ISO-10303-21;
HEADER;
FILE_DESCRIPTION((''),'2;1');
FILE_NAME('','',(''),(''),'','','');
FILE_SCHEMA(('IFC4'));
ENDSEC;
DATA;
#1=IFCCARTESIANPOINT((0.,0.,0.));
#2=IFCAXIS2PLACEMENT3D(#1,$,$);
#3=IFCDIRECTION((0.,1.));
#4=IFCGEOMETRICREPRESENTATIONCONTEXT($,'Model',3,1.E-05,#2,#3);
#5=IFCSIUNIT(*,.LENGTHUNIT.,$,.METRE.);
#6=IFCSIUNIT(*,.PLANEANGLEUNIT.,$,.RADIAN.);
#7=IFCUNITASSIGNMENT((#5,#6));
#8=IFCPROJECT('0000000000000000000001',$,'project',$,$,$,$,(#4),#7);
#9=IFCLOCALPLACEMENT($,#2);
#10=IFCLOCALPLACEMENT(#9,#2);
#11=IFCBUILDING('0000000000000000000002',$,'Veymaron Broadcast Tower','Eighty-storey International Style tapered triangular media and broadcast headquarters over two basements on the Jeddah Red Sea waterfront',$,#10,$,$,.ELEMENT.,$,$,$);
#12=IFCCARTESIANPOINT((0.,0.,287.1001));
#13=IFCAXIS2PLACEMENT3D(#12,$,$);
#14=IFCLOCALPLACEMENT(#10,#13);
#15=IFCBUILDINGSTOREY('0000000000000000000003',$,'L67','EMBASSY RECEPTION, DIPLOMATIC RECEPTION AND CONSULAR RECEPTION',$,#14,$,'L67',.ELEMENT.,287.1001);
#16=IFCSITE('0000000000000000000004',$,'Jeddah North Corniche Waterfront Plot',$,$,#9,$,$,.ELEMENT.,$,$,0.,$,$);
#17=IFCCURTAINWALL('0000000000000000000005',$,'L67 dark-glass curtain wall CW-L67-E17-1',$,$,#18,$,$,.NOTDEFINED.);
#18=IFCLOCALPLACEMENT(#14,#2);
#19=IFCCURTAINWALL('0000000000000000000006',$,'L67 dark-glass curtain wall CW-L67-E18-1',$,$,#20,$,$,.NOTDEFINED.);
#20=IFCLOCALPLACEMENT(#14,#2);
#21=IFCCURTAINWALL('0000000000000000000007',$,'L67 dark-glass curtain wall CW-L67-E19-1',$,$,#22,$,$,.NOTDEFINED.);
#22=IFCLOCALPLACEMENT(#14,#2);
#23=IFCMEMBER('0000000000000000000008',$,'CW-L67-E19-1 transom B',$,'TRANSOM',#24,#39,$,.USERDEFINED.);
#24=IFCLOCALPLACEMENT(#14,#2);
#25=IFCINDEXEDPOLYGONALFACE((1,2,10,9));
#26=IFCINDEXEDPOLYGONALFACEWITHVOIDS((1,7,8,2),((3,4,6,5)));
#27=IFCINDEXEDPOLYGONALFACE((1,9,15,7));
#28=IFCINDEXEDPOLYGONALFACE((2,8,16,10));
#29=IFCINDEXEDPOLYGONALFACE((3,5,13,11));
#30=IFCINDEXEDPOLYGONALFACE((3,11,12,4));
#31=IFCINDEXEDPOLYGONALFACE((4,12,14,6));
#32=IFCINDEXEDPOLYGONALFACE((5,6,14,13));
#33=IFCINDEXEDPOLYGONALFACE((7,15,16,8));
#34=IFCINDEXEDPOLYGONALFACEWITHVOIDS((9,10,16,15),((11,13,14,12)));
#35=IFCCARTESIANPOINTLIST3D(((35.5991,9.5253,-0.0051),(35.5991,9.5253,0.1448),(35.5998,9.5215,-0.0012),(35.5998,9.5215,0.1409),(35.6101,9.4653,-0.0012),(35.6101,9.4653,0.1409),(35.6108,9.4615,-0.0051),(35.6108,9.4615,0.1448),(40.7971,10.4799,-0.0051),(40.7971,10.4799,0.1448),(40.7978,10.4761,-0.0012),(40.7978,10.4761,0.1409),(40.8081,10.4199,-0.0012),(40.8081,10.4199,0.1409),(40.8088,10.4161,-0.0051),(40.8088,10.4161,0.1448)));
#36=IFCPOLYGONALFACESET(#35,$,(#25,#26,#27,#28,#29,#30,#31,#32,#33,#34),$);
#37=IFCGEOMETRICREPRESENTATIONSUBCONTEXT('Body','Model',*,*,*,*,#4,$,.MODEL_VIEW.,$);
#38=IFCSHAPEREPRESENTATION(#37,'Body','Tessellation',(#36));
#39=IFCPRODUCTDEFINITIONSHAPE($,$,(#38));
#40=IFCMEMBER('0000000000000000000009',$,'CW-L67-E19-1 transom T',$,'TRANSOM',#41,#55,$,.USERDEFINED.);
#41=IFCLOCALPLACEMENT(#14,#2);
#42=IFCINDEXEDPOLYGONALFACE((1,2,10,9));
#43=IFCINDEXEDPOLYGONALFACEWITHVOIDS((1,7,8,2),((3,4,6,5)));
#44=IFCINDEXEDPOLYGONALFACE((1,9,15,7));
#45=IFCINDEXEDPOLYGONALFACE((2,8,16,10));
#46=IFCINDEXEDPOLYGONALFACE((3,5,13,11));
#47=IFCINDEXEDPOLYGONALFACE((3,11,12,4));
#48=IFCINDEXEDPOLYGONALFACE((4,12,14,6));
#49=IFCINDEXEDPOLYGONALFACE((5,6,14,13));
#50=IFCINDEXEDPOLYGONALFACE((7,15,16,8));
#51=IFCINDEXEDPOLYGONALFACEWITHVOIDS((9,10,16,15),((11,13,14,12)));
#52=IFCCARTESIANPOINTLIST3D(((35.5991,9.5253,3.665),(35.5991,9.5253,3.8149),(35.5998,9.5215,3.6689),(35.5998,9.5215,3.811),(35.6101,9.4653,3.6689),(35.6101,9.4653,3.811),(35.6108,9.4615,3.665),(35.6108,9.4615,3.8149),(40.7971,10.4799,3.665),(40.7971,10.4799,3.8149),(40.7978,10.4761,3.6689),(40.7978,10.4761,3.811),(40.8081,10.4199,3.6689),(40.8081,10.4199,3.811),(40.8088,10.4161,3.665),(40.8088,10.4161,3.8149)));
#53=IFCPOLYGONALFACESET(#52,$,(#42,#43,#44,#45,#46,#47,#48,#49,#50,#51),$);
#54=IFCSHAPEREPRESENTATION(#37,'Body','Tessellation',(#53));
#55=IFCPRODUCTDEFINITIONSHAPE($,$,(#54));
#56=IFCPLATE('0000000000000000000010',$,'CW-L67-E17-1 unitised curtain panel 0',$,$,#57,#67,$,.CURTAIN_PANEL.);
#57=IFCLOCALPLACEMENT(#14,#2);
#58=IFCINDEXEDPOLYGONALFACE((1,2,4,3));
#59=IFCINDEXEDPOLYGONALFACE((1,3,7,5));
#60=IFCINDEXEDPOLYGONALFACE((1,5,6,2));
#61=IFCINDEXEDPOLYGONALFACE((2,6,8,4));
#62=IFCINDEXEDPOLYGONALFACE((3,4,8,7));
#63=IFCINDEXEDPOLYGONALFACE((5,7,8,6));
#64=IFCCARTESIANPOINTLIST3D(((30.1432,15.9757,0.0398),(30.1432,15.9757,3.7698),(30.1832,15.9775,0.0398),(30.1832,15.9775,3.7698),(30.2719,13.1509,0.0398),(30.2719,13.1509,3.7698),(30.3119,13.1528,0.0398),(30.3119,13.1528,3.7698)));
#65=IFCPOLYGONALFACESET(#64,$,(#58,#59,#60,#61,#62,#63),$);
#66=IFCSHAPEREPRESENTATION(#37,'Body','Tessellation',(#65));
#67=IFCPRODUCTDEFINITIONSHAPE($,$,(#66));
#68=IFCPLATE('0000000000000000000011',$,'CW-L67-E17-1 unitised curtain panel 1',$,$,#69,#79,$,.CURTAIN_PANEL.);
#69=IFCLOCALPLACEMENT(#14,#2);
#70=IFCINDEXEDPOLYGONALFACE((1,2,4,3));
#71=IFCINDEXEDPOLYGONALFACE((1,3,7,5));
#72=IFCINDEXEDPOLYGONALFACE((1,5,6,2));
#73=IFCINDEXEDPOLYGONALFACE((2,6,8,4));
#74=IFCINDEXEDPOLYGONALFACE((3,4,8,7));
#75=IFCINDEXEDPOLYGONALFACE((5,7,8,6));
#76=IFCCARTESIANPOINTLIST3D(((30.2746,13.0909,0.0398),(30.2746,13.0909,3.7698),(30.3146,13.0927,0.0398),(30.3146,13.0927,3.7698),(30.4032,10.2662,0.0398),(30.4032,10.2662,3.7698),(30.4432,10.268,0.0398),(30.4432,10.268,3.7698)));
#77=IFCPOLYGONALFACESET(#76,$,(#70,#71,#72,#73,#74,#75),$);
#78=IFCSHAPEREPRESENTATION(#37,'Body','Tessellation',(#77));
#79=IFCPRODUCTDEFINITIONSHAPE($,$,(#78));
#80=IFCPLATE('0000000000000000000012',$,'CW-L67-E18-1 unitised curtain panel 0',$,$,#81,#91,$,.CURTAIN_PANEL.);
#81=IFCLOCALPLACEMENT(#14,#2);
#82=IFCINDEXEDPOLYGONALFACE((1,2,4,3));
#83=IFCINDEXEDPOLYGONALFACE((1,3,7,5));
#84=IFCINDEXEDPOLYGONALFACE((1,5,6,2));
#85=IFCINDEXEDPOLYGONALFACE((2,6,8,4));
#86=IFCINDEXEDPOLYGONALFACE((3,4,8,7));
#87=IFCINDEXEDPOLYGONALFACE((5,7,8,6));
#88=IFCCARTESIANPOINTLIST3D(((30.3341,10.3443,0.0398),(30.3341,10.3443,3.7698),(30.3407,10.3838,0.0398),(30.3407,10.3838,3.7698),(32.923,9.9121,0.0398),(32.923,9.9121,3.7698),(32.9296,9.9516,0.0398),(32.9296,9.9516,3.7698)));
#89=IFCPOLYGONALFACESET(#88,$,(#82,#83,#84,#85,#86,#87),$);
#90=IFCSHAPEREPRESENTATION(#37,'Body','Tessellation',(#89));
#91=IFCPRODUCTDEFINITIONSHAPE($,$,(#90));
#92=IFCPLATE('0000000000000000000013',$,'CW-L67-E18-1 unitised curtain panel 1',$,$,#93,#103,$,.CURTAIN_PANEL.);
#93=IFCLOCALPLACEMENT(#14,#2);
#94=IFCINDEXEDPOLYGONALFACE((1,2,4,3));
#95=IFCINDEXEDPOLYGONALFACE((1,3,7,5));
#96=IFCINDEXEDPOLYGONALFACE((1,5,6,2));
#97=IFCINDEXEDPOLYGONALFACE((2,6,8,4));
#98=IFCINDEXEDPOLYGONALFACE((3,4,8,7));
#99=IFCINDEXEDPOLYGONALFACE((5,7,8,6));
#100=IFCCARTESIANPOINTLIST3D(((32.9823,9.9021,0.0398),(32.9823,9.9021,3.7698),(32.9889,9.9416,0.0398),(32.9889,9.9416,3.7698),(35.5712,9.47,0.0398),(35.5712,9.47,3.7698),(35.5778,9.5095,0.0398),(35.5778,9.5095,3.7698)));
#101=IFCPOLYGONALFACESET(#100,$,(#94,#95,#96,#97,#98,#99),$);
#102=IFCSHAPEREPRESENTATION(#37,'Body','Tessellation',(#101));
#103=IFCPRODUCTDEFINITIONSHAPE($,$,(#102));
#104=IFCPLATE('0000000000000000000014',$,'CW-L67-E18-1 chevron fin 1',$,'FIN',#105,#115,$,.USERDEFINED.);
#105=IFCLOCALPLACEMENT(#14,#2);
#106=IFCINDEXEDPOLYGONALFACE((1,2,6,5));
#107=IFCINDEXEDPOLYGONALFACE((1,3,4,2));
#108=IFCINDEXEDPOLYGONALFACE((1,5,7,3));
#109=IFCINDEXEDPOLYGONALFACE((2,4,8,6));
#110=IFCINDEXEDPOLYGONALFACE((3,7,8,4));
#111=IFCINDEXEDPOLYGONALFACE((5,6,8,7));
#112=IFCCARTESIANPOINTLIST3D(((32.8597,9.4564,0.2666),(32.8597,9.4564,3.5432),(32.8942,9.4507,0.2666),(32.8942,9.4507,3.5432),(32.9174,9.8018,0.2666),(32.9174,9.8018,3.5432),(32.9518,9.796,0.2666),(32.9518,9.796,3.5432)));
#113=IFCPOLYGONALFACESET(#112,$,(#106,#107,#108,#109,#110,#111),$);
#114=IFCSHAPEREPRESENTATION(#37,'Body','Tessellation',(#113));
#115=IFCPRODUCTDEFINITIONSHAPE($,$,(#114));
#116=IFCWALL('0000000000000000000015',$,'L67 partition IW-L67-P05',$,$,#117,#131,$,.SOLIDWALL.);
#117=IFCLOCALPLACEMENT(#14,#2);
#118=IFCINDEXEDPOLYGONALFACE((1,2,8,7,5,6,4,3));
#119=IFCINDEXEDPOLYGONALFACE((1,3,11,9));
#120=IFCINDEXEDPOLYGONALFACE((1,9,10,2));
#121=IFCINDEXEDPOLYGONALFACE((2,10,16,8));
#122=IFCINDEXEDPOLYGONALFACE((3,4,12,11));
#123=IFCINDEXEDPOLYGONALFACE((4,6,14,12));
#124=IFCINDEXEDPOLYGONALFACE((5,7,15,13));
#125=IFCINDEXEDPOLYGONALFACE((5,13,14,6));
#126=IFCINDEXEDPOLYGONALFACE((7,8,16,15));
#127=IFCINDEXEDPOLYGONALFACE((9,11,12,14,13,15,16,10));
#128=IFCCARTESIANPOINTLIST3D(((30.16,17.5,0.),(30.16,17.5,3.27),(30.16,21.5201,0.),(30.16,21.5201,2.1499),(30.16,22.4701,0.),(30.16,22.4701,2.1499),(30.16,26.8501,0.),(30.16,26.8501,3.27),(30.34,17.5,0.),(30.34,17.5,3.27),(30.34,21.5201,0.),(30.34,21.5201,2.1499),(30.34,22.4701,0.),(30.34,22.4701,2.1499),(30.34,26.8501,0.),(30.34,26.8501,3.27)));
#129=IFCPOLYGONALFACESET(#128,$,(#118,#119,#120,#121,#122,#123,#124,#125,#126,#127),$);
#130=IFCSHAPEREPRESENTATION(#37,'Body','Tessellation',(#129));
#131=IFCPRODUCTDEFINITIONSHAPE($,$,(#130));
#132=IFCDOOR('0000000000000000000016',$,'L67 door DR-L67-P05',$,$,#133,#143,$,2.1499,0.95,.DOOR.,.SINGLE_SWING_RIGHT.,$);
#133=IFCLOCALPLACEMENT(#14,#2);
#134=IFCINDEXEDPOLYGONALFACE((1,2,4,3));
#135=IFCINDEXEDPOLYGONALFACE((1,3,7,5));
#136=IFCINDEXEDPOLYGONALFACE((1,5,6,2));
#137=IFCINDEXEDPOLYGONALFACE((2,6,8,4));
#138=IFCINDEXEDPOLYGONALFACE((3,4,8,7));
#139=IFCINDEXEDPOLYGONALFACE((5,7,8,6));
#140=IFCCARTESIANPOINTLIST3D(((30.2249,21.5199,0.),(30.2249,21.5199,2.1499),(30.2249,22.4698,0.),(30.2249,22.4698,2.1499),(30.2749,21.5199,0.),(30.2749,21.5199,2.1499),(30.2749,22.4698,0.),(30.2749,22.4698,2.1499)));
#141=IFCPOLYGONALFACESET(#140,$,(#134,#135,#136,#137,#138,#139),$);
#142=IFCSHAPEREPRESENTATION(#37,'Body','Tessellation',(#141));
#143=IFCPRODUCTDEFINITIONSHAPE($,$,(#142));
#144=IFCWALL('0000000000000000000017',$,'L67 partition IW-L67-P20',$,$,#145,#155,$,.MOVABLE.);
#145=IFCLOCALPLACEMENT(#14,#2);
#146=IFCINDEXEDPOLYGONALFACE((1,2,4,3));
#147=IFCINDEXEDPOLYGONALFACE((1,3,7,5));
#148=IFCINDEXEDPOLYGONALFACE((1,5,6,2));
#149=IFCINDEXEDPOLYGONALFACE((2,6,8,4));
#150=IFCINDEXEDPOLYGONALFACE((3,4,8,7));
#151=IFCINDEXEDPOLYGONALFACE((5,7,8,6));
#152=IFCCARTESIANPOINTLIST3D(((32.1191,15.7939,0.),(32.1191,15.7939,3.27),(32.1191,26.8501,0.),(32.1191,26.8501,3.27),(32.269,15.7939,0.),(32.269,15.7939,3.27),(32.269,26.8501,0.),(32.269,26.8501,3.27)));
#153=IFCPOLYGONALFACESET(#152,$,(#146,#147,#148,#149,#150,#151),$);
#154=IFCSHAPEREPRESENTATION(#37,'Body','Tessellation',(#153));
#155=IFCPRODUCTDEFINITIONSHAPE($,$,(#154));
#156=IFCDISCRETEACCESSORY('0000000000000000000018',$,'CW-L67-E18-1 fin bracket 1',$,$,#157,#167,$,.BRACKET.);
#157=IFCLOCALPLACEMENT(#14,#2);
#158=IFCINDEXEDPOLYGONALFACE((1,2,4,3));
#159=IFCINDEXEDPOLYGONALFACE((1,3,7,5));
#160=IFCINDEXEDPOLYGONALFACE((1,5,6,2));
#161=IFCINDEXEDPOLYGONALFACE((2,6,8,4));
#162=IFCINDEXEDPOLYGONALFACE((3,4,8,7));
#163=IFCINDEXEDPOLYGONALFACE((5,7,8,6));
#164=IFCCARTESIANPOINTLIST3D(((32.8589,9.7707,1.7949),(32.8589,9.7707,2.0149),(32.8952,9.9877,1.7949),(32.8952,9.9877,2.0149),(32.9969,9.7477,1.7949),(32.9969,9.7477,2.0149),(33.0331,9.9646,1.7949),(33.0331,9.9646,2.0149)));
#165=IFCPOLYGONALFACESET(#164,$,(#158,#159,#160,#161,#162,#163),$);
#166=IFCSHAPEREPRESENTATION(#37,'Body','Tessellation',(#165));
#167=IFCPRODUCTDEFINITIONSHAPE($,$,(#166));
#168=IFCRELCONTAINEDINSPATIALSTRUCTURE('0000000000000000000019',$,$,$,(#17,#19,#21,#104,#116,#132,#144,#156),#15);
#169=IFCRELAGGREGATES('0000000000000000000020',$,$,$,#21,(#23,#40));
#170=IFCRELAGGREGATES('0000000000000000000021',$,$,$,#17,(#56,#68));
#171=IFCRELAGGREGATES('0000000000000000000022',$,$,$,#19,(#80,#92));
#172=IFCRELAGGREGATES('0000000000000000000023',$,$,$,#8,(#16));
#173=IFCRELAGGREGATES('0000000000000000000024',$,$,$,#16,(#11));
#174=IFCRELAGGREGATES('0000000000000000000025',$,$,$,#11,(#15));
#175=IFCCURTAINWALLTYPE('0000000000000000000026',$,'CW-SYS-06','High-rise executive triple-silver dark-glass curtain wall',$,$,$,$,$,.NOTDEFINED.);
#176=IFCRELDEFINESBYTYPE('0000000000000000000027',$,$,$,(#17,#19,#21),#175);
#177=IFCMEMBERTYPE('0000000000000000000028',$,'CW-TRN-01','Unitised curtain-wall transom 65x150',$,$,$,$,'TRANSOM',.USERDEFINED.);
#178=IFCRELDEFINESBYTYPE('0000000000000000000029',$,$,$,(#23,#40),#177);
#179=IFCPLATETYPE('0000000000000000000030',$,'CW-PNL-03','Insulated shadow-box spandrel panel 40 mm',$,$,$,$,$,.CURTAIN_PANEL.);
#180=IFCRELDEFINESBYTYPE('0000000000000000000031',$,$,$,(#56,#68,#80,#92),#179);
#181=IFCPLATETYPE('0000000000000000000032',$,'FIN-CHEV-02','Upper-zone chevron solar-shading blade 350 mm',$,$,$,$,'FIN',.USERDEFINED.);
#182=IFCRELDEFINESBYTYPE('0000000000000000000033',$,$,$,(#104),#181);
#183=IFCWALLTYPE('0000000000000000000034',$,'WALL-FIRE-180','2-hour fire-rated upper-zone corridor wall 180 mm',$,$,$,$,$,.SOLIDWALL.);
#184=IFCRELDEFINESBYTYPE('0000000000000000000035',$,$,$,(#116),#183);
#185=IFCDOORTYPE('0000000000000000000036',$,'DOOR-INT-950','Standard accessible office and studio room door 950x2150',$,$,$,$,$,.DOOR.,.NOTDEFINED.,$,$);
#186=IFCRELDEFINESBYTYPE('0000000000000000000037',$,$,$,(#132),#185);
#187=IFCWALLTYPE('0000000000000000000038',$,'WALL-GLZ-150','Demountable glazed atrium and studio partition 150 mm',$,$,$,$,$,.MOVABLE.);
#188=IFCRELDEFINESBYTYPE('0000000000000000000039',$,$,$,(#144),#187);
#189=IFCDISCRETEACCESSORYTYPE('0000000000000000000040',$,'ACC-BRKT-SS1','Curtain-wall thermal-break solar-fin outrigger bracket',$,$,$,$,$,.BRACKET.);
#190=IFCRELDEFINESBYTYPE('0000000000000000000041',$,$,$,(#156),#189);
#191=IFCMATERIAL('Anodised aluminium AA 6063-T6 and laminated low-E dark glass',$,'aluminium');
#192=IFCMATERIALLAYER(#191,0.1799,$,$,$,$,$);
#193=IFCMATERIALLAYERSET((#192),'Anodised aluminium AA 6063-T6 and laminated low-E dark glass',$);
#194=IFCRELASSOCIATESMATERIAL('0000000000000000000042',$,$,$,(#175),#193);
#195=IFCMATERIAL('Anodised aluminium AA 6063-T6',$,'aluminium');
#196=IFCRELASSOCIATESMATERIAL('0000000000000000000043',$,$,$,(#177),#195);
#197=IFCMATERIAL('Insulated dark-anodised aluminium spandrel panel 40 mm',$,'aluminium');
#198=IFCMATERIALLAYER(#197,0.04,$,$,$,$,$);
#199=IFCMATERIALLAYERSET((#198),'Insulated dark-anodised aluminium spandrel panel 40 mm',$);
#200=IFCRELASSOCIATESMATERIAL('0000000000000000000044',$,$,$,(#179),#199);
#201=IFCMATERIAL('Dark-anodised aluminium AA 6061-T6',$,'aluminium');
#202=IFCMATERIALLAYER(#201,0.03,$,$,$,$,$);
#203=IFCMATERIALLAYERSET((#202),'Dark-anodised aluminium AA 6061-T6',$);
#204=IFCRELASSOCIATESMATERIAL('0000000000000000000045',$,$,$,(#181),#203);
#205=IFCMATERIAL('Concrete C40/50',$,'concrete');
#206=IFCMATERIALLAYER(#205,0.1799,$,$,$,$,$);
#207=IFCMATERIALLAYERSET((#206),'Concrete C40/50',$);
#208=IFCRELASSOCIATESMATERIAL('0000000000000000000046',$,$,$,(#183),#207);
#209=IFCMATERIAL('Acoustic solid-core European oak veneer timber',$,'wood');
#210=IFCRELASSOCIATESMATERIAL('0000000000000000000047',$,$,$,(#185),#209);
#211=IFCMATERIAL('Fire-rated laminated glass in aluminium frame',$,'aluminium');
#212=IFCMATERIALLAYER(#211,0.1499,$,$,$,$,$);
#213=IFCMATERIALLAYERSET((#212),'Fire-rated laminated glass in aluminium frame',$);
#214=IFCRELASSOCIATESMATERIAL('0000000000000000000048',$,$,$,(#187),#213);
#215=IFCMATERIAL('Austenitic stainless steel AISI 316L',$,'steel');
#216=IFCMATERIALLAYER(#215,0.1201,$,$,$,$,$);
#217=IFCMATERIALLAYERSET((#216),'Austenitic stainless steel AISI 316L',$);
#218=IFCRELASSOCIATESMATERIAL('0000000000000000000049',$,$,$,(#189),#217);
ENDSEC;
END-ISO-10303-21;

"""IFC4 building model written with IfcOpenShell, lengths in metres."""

from ifc_helpers import new_model, si_unit, direction, frame, frame_2d, origin, origin_2d, place, context, subcontext, project, spatial, rectangle, hollow_rectangle, extrude, material, layer, layer_set, material_profile, profile_set, type_object, element, fill, aggregate, save


model = new_model("IFC4")

# Units and contexts
model_context = context("Model", 3, precision=1e-05, world=origin(), true_north=direction((0.0, 1.0)))
body_context = subcontext(model_context, "Body", "Model", "MODEL_VIEW")
ifc_project = project(units=[si_unit("LENGTHUNIT", "METRE"), si_unit("PLANEANGLEUNIT", "RADIAN")], contexts=[model_context])

# Site, building, storey
site_placement = place(None, origin())
site = spatial("IfcSite", under=ifc_project, at=site_placement, Name="Jeddah North Corniche Waterfront Plot", CompositionType="ELEMENT", RefElevation=0.0)
building_placement = place(site_placement, origin())
building = spatial("IfcBuilding", under=site, at=building_placement, Name="Veymaron Broadcast Tower", Description="Eighty-storey International Style tapered triangular media and broadcast headquarters over two basements on the Jeddah Red Sea waterfront", CompositionType="ELEMENT")
storey_placement = place(building_placement, frame((0.0, 0.0, 287.1001)))
storey = spatial("IfcBuildingStorey", under=building, at=storey_placement, Name="L67", Description="EMBASSY RECEPTION, DIPLOMATIC RECEPTION AND CONSULAR RECEPTION", LongName="L67", CompositionType="ELEMENT", Elevation=287.1001)

# Curtain walls
ifc_material_1 = material(Name="Anodised aluminium AA 6063-T6 and laminated low-E dark glass", Category="aluminium")
ifc_layer_1 = layer(ifc_material_1, 0.1799)
ifc_layer_set_1 = layer_set([ifc_layer_1], Name="Anodised aluminium AA 6063-T6 and laminated low-E dark glass")
curtain_wall_type = type_object("IfcCurtainWallType", Name="CW-SYS-06", Description="High-rise executive triple-silver dark-glass curtain wall", PredefinedType="NOTDEFINED", material=ifc_layer_set_1)
curtain_wall_1_placement = place(storey_placement, origin())
curtain_wall_1 = element("IfcCurtainWall", 1, at=curtain_wall_1_placement, inside=storey, type_object=curtain_wall_type, Name="L67 dark-glass curtain wall CW-L67-E17-1", PredefinedType="NOTDEFINED")
ifc_material_2 = material(Name="Anodised aluminium AA 6063-T6", Category="aluminium")
curtain_wall_2_placement = place(storey_placement, origin())
curtain_wall_2 = element("IfcCurtainWall", 2, at=curtain_wall_2_placement, inside=storey, type_object=curtain_wall_type, Name="L67 dark-glass curtain wall CW-L67-E18-1", PredefinedType="NOTDEFINED")

# Curtain wall
curtain_wall_3_placement = place(storey_placement, origin())
curtain_wall_3 = element("IfcCurtainWall", 3, at=curtain_wall_3_placement, inside=storey, type_object=curtain_wall_type, Name="L67 dark-glass curtain wall CW-L67-E19-1", PredefinedType="NOTDEFINED")

# Members
ifc_material_profile_1 = material_profile(ifc_material_2, hollow_rectangle(XDim=0.0649, YDim=0.1499, WallThickness=0.0039, at=origin_2d()), Name="AL150X65X4")
ifc_profile_set_1 = profile_set([ifc_material_profile_1], Name="Anodised aluminium AA 6063-T6")
member_type_1 = type_object("IfcMemberType", Name="CW-TRN-01", Description="Unitised curtain-wall transom 65x150", ElementType="TRANSOM", PredefinedType="USERDEFINED", material=ifc_profile_set_1)
member_1_placement = place(storey_placement, frame((35.605, 9.4934, 0.0698), z_axis=(0.983552, 0.180625, 0.0), x_axis=(-0.180625, 0.983552, 0.0)))
member_1 = element("IfcMember", 4, at=member_1_placement, type_object=member_type_1, Name="CW-L67-E19-1 transom B", ObjectType="TRANSOM", PredefinedType="USERDEFINED", context=body_context, shape_type="SweptSolid", body=[
    extrude(hollow_rectangle(XDim=0.0649, YDim=0.1499, WallThickness=0.0039, at=origin_2d()), origin(), (0.0, 0.0, 1.0), 5.2849),
])
member_2_placement = place(storey_placement, frame((35.605, 9.4934, 3.74), z_axis=(0.983552, 0.180625, 0.0), x_axis=(-0.180625, 0.983552, 0.0)))
member_2 = element("IfcMember", 5, at=member_2_placement, type_object=member_type_1, Name="CW-L67-E19-1 transom T", ObjectType="TRANSOM", PredefinedType="USERDEFINED", context=body_context, shape_type="SweptSolid", body=[
    extrude(hollow_rectangle(XDim=0.0649, YDim=0.1499, WallThickness=0.0039, at=origin_2d()), origin(), (0.0, 0.0, 1.0), 5.2849),
])
aggregate(curtain_wall_3, [member_1, member_2])

# Plates
ifc_material_3 = material(Name="Insulated dark-anodised aluminium spandrel panel 40 mm", Category="aluminium")
ifc_layer_2 = layer(ifc_material_3, 0.04)
ifc_layer_set_2 = layer_set([ifc_layer_2], Name="Insulated dark-anodised aluminium spandrel panel 40 mm")
plate_type_1 = type_object("IfcPlateType", Name="CW-PNL-03", Description="Insulated shadow-box spandrel panel 40 mm", PredefinedType="CURTAIN_PANEL", material=ifc_layer_set_2)
plate_1_placement = place(storey_placement, frame((30.2275, 14.5642, 0.0398), z_axis=(0.0, 0.0, 1.0), x_axis=(0.045502, -0.998964, 0.0)))
plate_1 = element("IfcPlate", 6, at=plate_1_placement, type_object=plate_type_1, Name="CW-L67-E17-1 unitised curtain panel 0", PredefinedType="CURTAIN_PANEL", context=body_context, shape_type="SweptSolid", body=[
    extrude(rectangle(XDim=2.8276, YDim=0.04, at=origin_2d()), origin(), (0.0, 0.0, 1.0), 3.73),
])
plate_2_placement = place(storey_placement, frame((30.3589, 11.6794, 0.0398), z_axis=(0.0, 0.0, 1.0), x_axis=(0.045502, -0.998964, 0.0)))
plate_2 = element("IfcPlate", 7, at=plate_2_placement, type_object=plate_type_1, Name="CW-L67-E17-1 unitised curtain panel 1", PredefinedType="CURTAIN_PANEL", context=body_context, shape_type="SweptSolid", body=[
    extrude(rectangle(XDim=2.8276, YDim=0.04, at=origin_2d()), origin(), (0.0, 0.0, 1.0), 3.73),
])
aggregate(curtain_wall_1, [plate_1, plate_2])
plate_3_placement = place(storey_placement, frame((31.6318, 10.1479, 0.0398), z_axis=(0.0, 0.0, 1.0), x_axis=(0.986355, -0.164634, 0.0)))
plate_3 = element("IfcPlate", 8, at=plate_3_placement, type_object=plate_type_1, Name="CW-L67-E18-1 unitised curtain panel 0", PredefinedType="CURTAIN_PANEL", context=body_context, shape_type="SweptSolid", body=[
    extrude(rectangle(XDim=2.6248, YDim=0.04, at=origin_2d()), origin(), (0.0, 0.0, 1.0), 3.73),
])
plate_4_placement = place(storey_placement, frame((34.28, 9.7058, 0.0398), z_axis=(0.0, 0.0, 1.0), x_axis=(0.986355, -0.164634, 0.0)))
plate_4 = element("IfcPlate", 9, at=plate_4_placement, type_object=plate_type_1, Name="CW-L67-E18-1 unitised curtain panel 1", PredefinedType="CURTAIN_PANEL", context=body_context, shape_type="SweptSolid", body=[
    extrude(rectangle(XDim=2.6248, YDim=0.04, at=origin_2d()), origin(), (0.0, 0.0, 1.0), 3.73),
])
aggregate(curtain_wall_2, [plate_3, plate_4])
ifc_material_4 = material(Name="Dark-anodised aluminium AA 6061-T6", Category="aluminium")
ifc_layer_3 = layer(ifc_material_4, 0.03)
ifc_layer_set_3 = layer_set([ifc_layer_3], Name="Dark-anodised aluminium AA 6061-T6")
plate_type_2 = type_object("IfcPlateType", Name="FIN-CHEV-02", Description="Upper-zone chevron solar-shading blade 350 mm", ElementType="FIN", PredefinedType="USERDEFINED", material=ifc_layer_set_3)
plate_5_placement = place(storey_placement, frame((32.9058, 9.6262, 0.2666), z_axis=(0.0, 0.0, 1.0), x_axis=(-0.164634, -0.986355, 0.0)))
element("IfcPlate", 10, at=plate_5_placement, inside=storey, type_object=plate_type_2, Name="CW-L67-E18-1 chevron fin 1", ObjectType="FIN", PredefinedType="USERDEFINED", context=body_context, shape_type="SweptSolid", body=[
    extrude(rectangle(XDim=0.3501, YDim=0.0349, at=origin_2d()), origin(), (0.0, 0.0, 1.0), 3.2766),
])

# Wall, opening, door
ifc_material_5 = material(Name="Concrete C40/50", Category="concrete")
ifc_layer_4 = layer(ifc_material_5, 0.1799)
ifc_layer_set_4 = layer_set([ifc_layer_4], Name="Concrete C40/50")
wall_type_1 = type_object("IfcWallType", Name="WALL-FIRE-180", Description="2-hour fire-rated upper-zone corridor wall 180 mm", PredefinedType="SOLIDWALL", material=ifc_layer_set_4)
wall_1_placement = place(storey_placement, frame((30.25, 17.5, 0.0), z_axis=(0.0, 0.0, 1.0), x_axis=(0.0, 1.0, 0.0)))
wall_1 = element("IfcWall", 11, at=wall_1_placement, inside=storey, type_object=wall_type_1, Name="L67 partition IW-L67-P05", PredefinedType="SOLIDWALL", context=body_context, shape_type="SweptSolid", body=[
    extrude(rectangle(XDim=9.3501, YDim=0.1799, at=frame_2d((4.675, 0.0))), origin(), (0.0, 0.0, 1.0), 3.27),
])
opening_placement = place(wall_1_placement, frame((4.02, 0.0, 0.0)))
opening = element("IfcOpeningElement", 12, at=opening_placement, cuts=wall_1, PredefinedType="OPENING", context=body_context, shape_type="SweptSolid", body=[
    extrude(rectangle(XDim=0.95, YDim=2.1499, at=frame_2d((0.4751, 1.075))), frame((0.0, 0.1001, 0.0), z_axis=(0.0, -1.0, 0.0), x_axis=(1.0, 0.0, 0.0)), (0.0, 0.0, 1.0), 0.2),
])
ifc_material_6 = material(Name="Acoustic solid-core European oak veneer timber", Category="wood")
door_type = type_object("IfcDoorType", Name="DOOR-INT-950", Description="Standard accessible office and studio room door 950x2150", OperationType="NOTDEFINED", PredefinedType="DOOR", material=ifc_material_6)
door_placement = place(opening_placement, frame((0.95, 0.0, 0.0), z_axis=(0.0, 0.0, 1.0), x_axis=(-1.0, 0.0, 0.0)))
door = element("IfcDoor", 13, at=door_placement, inside=storey, type_object=door_type, Name="L67 door DR-L67-P05", OperationType="SINGLE_SWING_RIGHT", OverallHeight=2.1499, OverallWidth=0.95, PredefinedType="DOOR", context=body_context, shape_type="SweptSolid", body=[
    extrude(rectangle(XDim=0.95, YDim=2.1499, at=frame_2d((0.4751, 1.075))), frame((0.0, 0.0249, 0.0), z_axis=(0.0, -1.0, 0.0), x_axis=(1.0, 0.0, 0.0)), (0.0, 0.0, 1.0), 0.05),
])
fill(opening, door)

# Wall
ifc_material_7 = material(Name="Fire-rated laminated glass in aluminium frame", Category="aluminium")
ifc_layer_5 = layer(ifc_material_7, 0.1499)
ifc_layer_set_5 = layer_set([ifc_layer_5], Name="Fire-rated laminated glass in aluminium frame")
wall_type_2 = type_object("IfcWallType", Name="WALL-GLZ-150", Description="Demountable glazed atrium and studio partition 150 mm", PredefinedType="MOVABLE", material=ifc_layer_set_5)
wall_2_placement = place(storey_placement, frame((32.1941, 15.7939, 0.0), z_axis=(0.0, 0.0, 1.0), x_axis=(0.0, 1.0, 0.0)))
element("IfcWall", 14, at=wall_2_placement, inside=storey, type_object=wall_type_2, Name="L67 partition IW-L67-P20", PredefinedType="MOVABLE", context=body_context, shape_type="SweptSolid", body=[
    extrude(rectangle(XDim=11.0562, YDim=0.1499, at=frame_2d((5.5281, 0.0))), origin(), (0.0, 0.0, 1.0), 3.27),
])

# Discrete accessory
ifc_material_8 = material(Name="Austenitic stainless steel AISI 316L", Category="steel")
ifc_layer_6 = layer(ifc_material_8, 0.1201)
ifc_layer_set_6 = layer_set([ifc_layer_6], Name="Austenitic stainless steel AISI 316L")
discrete_accessory_type = type_object("IfcDiscreteAccessoryType", Name="ACC-BRKT-SS1", Description="Curtain-wall thermal-break solar-fin outrigger bracket", PredefinedType="BRACKET", material=ifc_layer_set_6)
discrete_accessory_placement = place(storey_placement, frame((32.946, 9.8677, 1.7949), z_axis=(0.0, 0.0, 1.0), x_axis=(-0.164634, -0.986355, 0.0)))
element("IfcDiscreteAccessory", 15, at=discrete_accessory_placement, inside=storey, type_object=discrete_accessory_type, Name="CW-L67-E18-1 fin bracket 1", PredefinedType="BRACKET", context=body_context, shape_type="SweptSolid", body=[
    extrude(rectangle(XDim=0.22, YDim=0.1399, at=origin_2d()), origin(), (0.0, 0.0, 1.0), 0.22),
])

save(model, "model.ifc")
